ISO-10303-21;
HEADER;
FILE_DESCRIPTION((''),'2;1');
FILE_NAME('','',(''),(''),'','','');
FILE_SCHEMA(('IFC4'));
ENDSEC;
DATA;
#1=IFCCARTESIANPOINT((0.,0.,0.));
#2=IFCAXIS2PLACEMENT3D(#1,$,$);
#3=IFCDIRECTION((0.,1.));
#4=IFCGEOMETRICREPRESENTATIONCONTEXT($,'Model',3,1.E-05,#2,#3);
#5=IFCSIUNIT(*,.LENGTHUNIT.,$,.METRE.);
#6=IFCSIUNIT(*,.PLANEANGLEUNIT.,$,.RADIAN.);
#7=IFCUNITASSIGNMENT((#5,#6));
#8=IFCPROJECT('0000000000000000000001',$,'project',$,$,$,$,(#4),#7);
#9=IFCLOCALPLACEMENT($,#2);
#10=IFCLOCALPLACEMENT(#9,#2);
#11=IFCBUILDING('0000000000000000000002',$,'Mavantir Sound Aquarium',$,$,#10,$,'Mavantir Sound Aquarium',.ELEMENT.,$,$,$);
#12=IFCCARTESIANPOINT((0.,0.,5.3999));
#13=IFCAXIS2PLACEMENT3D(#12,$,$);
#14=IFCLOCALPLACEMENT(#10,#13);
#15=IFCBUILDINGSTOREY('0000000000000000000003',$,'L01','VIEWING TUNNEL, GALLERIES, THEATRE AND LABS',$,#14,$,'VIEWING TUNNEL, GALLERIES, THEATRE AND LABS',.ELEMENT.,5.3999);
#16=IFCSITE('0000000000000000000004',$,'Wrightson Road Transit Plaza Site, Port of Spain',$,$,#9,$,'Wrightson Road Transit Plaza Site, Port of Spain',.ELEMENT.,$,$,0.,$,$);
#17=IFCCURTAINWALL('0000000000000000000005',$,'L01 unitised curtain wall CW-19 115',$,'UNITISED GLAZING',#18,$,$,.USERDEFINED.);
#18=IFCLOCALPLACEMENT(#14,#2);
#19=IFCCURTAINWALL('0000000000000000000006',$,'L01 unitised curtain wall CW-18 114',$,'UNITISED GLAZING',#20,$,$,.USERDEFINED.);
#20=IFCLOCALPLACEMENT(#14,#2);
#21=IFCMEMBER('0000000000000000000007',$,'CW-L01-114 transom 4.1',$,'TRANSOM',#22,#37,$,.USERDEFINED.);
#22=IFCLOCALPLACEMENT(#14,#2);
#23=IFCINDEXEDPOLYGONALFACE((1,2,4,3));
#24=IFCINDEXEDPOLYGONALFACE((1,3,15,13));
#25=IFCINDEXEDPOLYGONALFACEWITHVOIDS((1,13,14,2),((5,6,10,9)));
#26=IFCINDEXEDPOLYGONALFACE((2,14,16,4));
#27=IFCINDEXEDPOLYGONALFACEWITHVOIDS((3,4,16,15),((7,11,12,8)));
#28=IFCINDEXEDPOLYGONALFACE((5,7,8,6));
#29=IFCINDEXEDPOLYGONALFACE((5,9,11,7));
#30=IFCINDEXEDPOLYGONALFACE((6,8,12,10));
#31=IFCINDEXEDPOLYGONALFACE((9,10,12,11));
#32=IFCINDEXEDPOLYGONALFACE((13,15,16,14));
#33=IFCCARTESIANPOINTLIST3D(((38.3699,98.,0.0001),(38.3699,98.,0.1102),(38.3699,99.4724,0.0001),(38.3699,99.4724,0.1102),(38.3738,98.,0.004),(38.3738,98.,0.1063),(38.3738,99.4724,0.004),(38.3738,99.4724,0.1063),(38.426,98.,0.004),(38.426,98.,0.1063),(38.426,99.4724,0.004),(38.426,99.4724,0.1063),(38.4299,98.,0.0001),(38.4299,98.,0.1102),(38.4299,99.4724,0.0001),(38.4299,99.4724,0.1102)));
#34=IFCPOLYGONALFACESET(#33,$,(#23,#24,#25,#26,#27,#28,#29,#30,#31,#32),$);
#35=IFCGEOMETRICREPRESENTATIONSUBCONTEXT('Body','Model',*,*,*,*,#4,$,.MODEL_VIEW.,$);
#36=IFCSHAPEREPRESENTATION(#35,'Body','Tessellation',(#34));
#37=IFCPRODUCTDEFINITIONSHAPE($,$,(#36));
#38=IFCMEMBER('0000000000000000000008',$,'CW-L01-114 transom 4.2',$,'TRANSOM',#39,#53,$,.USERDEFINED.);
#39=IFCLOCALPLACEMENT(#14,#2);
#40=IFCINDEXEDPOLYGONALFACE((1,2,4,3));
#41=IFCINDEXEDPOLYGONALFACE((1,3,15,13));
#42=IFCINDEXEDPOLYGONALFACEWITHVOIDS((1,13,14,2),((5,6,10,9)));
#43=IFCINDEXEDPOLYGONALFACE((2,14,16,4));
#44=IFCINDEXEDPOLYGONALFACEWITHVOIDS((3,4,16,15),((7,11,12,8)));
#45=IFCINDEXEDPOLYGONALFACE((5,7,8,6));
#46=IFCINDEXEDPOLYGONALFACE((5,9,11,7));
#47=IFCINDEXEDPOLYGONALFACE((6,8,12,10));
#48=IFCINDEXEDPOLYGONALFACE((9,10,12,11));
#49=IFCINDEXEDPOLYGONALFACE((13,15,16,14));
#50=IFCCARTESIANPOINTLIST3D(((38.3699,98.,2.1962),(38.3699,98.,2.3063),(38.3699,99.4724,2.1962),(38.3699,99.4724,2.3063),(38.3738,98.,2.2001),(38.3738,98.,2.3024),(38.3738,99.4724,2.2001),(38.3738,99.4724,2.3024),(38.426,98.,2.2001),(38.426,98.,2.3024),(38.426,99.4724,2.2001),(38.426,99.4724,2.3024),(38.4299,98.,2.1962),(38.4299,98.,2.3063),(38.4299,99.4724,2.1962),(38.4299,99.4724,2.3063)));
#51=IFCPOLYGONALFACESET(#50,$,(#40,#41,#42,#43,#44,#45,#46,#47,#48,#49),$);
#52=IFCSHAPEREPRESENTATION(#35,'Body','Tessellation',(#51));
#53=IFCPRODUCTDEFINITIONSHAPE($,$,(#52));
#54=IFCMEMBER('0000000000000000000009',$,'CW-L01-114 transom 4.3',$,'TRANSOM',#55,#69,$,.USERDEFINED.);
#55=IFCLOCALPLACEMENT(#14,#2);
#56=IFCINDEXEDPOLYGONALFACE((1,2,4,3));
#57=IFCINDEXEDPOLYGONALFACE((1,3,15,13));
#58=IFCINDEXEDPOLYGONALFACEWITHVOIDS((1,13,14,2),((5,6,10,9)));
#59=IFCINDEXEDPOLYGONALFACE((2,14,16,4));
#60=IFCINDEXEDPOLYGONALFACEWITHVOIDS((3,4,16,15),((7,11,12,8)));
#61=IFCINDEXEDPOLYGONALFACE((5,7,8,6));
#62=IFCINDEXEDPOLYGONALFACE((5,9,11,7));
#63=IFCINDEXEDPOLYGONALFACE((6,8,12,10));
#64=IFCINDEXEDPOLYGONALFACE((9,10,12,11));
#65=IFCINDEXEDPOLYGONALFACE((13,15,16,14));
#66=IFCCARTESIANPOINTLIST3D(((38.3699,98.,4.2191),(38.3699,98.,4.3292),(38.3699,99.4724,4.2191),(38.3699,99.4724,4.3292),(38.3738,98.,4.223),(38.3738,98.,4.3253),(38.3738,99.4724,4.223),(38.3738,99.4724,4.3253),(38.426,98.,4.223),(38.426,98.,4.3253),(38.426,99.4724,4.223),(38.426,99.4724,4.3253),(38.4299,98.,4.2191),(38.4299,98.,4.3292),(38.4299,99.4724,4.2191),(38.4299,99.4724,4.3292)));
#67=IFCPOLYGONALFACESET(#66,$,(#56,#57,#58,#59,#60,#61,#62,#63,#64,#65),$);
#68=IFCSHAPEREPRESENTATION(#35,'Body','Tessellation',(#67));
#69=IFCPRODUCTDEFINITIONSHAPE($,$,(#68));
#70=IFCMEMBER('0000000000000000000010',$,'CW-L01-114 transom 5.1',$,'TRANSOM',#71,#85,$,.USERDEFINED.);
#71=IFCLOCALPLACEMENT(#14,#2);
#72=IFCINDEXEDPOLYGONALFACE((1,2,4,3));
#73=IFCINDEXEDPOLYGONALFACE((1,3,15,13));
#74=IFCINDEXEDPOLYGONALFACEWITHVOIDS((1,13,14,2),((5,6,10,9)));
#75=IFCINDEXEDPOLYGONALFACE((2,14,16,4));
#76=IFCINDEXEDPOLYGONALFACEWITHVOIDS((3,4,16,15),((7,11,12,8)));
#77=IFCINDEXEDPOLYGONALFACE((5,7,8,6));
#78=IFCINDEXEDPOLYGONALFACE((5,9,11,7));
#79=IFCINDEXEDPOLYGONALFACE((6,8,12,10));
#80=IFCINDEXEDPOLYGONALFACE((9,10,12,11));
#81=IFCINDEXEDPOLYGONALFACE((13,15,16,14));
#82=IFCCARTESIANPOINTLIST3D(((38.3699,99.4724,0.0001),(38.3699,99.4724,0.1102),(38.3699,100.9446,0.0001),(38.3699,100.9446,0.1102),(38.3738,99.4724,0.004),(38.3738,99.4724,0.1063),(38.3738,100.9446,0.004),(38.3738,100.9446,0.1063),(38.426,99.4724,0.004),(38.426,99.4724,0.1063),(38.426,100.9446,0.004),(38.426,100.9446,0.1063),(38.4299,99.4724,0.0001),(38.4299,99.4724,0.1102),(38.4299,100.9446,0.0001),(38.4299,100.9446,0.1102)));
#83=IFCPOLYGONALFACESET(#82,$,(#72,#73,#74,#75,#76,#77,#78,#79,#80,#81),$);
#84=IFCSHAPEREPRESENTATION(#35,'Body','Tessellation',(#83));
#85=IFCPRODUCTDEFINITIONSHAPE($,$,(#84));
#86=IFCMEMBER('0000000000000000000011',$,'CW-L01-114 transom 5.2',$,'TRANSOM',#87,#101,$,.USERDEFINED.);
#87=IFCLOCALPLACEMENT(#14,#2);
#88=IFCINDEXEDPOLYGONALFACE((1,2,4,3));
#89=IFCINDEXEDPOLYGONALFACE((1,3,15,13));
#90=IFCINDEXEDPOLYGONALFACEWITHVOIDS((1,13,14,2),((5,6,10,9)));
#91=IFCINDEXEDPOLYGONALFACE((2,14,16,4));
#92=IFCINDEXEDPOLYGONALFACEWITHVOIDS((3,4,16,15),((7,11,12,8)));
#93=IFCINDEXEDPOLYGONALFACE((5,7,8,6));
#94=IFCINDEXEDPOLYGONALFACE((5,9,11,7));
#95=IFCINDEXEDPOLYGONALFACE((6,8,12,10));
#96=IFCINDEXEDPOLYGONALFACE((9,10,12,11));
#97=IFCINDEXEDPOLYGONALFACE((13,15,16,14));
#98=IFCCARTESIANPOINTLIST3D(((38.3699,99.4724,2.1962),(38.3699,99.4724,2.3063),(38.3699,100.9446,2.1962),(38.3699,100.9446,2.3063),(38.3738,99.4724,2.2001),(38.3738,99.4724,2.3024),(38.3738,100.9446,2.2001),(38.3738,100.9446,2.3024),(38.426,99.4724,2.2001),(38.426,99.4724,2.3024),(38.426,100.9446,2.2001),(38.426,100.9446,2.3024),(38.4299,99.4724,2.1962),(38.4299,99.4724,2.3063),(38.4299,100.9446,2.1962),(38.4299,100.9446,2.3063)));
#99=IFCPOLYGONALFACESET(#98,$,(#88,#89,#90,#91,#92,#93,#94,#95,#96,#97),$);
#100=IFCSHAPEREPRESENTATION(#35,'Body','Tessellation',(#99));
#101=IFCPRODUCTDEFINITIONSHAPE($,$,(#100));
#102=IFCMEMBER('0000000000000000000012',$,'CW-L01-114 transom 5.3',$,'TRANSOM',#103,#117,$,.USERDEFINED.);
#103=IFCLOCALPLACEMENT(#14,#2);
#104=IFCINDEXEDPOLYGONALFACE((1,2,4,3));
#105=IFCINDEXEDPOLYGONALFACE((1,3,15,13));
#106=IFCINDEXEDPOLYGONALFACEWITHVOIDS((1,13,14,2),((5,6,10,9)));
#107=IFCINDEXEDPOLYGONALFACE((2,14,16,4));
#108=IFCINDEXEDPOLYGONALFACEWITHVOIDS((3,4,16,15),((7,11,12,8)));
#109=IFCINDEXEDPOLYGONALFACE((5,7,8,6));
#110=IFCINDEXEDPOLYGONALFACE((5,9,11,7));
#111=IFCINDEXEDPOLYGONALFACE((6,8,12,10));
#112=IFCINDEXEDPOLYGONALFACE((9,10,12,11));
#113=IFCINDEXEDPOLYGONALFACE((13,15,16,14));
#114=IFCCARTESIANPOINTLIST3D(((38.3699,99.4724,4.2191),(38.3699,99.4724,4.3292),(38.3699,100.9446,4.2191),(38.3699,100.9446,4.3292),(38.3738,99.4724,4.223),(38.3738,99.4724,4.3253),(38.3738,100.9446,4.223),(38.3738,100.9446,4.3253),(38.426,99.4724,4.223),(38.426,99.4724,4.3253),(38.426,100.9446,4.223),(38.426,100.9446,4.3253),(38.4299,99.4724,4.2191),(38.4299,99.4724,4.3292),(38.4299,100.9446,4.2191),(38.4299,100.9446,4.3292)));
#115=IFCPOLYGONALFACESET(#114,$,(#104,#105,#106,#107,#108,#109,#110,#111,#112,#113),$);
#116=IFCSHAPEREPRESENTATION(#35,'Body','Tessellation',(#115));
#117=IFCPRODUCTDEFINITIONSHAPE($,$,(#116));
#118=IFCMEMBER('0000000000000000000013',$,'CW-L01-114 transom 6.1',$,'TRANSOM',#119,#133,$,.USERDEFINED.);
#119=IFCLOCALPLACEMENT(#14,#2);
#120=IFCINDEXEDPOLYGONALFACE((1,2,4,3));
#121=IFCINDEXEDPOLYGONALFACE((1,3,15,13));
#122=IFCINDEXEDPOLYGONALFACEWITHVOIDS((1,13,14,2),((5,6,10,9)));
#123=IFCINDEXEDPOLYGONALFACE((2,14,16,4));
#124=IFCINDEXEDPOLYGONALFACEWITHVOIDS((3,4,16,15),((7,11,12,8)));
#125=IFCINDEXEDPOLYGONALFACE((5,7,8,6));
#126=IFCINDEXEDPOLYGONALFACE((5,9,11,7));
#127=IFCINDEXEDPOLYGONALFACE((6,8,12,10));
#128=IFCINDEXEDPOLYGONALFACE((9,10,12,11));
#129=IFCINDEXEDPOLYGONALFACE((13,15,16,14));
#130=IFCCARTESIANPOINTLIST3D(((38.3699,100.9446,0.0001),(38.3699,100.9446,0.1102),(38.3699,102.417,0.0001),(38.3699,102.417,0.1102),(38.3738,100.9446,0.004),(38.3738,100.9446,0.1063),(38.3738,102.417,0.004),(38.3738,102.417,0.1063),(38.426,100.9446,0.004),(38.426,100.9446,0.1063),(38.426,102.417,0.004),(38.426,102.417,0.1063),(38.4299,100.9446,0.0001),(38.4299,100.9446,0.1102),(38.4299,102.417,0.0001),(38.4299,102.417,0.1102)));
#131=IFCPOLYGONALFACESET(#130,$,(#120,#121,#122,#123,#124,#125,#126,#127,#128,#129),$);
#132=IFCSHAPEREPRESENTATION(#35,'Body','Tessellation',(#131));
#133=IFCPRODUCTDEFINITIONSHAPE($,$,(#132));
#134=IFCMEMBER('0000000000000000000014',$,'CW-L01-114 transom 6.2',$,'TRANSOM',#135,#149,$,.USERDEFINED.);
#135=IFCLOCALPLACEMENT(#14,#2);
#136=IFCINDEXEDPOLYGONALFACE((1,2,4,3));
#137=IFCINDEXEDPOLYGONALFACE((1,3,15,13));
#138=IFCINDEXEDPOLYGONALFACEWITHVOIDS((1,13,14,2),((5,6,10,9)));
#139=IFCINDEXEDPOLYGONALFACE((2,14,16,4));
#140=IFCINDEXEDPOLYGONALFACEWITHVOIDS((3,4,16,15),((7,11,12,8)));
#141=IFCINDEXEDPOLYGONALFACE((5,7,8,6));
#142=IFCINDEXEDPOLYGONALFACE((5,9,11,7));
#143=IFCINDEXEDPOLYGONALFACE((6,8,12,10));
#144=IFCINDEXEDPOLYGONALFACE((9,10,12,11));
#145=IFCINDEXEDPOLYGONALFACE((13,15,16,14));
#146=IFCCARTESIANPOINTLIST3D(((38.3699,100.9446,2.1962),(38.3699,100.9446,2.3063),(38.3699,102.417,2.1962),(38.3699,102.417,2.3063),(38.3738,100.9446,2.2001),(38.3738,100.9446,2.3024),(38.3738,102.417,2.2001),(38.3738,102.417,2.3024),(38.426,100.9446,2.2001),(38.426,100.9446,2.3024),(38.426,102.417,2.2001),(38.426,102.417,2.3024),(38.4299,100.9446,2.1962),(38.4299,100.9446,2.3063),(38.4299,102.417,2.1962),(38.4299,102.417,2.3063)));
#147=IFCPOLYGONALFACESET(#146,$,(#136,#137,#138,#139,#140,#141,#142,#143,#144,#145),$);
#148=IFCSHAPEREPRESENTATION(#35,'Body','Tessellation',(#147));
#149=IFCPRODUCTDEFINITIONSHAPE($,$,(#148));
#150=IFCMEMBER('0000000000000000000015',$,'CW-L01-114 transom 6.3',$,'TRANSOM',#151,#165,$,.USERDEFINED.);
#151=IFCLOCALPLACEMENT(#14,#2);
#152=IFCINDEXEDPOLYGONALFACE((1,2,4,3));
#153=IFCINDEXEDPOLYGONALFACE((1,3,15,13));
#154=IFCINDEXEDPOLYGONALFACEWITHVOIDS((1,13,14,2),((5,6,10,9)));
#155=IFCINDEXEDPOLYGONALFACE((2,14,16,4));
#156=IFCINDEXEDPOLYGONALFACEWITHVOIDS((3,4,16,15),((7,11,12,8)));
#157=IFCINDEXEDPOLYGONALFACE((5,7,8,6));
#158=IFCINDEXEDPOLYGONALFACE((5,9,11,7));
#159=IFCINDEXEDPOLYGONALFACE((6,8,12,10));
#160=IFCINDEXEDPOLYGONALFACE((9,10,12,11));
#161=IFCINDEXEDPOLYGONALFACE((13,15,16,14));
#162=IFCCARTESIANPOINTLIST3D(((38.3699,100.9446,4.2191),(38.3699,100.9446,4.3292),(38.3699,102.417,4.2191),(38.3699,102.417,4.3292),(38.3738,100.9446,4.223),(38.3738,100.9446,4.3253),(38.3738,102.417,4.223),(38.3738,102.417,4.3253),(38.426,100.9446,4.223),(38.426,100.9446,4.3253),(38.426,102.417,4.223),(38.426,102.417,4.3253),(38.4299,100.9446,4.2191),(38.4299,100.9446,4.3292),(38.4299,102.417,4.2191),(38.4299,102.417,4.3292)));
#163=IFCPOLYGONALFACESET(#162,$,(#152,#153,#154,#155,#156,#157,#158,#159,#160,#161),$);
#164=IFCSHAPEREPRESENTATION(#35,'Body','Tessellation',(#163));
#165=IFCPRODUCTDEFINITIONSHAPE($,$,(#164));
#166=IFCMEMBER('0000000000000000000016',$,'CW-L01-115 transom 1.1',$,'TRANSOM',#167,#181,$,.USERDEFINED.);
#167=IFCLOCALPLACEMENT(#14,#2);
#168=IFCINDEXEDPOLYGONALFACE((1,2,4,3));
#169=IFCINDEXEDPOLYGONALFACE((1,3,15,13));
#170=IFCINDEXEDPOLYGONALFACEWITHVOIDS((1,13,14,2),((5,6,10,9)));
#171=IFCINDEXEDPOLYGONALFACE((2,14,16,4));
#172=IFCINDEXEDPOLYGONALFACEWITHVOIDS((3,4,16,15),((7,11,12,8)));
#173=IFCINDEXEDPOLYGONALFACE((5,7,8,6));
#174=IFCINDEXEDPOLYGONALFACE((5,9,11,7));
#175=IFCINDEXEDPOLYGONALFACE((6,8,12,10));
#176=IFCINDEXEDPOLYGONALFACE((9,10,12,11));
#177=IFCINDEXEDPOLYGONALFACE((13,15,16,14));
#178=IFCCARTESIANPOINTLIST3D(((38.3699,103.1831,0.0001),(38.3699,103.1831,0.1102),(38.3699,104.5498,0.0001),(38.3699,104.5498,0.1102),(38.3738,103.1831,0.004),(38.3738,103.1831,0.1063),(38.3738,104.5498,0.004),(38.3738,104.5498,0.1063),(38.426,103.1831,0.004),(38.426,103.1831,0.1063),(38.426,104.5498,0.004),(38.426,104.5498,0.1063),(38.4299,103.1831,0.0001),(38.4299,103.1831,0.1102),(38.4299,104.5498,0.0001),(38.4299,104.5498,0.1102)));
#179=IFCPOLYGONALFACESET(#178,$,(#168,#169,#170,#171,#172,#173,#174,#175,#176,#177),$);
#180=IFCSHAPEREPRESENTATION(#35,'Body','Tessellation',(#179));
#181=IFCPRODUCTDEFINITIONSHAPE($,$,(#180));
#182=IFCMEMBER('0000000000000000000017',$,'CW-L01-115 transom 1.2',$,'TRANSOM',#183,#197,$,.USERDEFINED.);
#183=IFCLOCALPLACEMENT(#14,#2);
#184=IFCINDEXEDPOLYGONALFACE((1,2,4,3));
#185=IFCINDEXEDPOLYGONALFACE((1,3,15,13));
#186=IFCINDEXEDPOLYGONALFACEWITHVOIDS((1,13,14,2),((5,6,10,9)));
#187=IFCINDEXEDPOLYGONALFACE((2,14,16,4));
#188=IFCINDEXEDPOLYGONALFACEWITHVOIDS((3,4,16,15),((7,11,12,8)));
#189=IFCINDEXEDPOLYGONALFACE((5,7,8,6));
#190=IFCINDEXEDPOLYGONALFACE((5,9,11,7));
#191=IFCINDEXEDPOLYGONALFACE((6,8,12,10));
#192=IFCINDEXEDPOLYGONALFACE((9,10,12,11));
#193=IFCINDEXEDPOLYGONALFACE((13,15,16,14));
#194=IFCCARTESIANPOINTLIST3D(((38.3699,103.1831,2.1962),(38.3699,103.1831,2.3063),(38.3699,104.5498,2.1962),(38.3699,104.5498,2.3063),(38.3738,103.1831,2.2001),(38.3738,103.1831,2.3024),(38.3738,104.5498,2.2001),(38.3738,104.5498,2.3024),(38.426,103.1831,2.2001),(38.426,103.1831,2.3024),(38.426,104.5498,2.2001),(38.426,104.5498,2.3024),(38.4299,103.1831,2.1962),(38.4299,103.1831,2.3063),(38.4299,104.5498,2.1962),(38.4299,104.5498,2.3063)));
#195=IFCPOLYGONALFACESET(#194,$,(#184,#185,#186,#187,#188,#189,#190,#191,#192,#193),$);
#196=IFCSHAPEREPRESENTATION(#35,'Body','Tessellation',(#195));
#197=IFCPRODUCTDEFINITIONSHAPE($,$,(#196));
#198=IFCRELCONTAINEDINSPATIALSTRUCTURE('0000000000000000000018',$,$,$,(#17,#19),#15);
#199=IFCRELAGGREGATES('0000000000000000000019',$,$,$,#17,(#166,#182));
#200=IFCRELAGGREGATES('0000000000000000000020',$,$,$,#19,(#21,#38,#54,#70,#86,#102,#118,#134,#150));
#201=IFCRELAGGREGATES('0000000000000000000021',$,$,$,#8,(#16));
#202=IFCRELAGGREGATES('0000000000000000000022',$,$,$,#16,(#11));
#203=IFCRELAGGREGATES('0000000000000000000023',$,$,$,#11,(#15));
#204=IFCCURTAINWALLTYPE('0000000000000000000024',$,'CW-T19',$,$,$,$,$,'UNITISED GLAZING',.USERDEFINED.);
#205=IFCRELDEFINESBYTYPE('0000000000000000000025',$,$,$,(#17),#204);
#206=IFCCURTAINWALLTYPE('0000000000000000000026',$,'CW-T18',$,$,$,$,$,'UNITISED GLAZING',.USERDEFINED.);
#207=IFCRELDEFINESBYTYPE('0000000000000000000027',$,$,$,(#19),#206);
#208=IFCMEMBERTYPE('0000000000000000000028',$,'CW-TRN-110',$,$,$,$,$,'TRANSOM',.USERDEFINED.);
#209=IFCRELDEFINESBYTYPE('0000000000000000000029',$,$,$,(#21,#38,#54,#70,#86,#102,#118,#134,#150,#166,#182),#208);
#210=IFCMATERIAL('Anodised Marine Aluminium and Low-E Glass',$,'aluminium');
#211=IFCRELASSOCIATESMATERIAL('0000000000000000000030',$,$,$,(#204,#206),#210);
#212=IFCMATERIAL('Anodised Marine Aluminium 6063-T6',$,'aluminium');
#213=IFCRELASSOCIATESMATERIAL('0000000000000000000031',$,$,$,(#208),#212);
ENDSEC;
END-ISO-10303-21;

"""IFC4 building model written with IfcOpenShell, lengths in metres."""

from ifc_helpers import new_model, si_unit, direction, frame, origin, origin_2d, place, context, subcontext, project, spatial, hollow_rectangle, extrude, material, material_profile, profile_set, type_object, element, aggregate, save


model = new_model("IFC4")

# Units and contexts
model_context = context("Model", 3, precision=1e-05, world=origin(), true_north=direction((0.0, 1.0)))
body_context = subcontext(model_context, "Body", "Model", "MODEL_VIEW")
ifc_project = project(units=[si_unit("LENGTHUNIT", "METRE"), si_unit("PLANEANGLEUNIT", "RADIAN")], contexts=[model_context])

# Site, building, storey
site_placement = place(None, origin())
site = spatial("IfcSite", under=ifc_project, at=site_placement, Name="Wrightson Road Transit Plaza Site, Port of Spain", LongName="Wrightson Road Transit Plaza Site, Port of Spain", CompositionType="ELEMENT", RefElevation=0.0)
building_placement = place(site_placement, origin())
building = spatial("IfcBuilding", under=site, at=building_placement, Name="Mavantir Sound Aquarium", LongName="Mavantir Sound Aquarium", CompositionType="ELEMENT")
storey_placement = place(building_placement, frame((0.0, 0.0, 5.3999)))
storey = spatial("IfcBuildingStorey", under=building, at=storey_placement, Name="L01", Description="VIEWING TUNNEL, GALLERIES, THEATRE AND LABS", LongName="VIEWING TUNNEL, GALLERIES, THEATRE AND LABS", CompositionType="ELEMENT", Elevation=5.3999)

# Curtain wall
ifc_material_1 = material(Name="Anodised Marine Aluminium and Low-E Glass", Category="aluminium")
curtain_wall_type_1 = type_object("IfcCurtainWallType", Name="CW-T19", ElementType="UNITISED GLAZING", PredefinedType="USERDEFINED", material=ifc_material_1)
curtain_wall_1_placement = place(storey_placement, origin())
curtain_wall_1 = element("IfcCurtainWall", 1, at=curtain_wall_1_placement, inside=storey, type_object=curtain_wall_type_1, Name="L01 unitised curtain wall CW-19 115", ObjectType="UNITISED GLAZING", PredefinedType="USERDEFINED")
ifc_material_2 = material(Name="Anodised Marine Aluminium 6063-T6", Category="aluminium")

# Curtain wall, members
curtain_wall_type_2 = type_object("IfcCurtainWallType", Name="CW-T18", ElementType="UNITISED GLAZING", PredefinedType="USERDEFINED", material=ifc_material_1)
curtain_wall_2_placement = place(storey_placement, origin())
curtain_wall_2 = element("IfcCurtainWall", 2, at=curtain_wall_2_placement, inside=storey, type_object=curtain_wall_type_2, Name="L01 unitised curtain wall CW-18 114", ObjectType="UNITISED GLAZING", PredefinedType="USERDEFINED")
ifc_material_profile_1 = material_profile(ifc_material_2, hollow_rectangle(XDim=0.0601, YDim=0.1101, WallThickness=0.0039, at=origin_2d()), Name="ALU-TRANSOM-110X60")
ifc_profile_set_1 = profile_set([ifc_material_profile_1], Name="Anodised Marine Aluminium 6063-T6")
member_type_1 = type_object("IfcMemberType", Name="CW-TRN-110", ElementType="TRANSOM", PredefinedType="USERDEFINED", material=ifc_profile_set_1)
member_1_placement = place(storey_placement, frame((38.3999, 98.0, 0.0552), z_axis=(0.0, 1.0, 0.0), x_axis=(-1.0, 0.0, 0.0)))
member_1 = element("IfcMember", 3, at=member_1_placement, type_object=member_type_1, Name="CW-L01-114 transom 4.1", ObjectType="TRANSOM", PredefinedType="USERDEFINED", context=body_context, shape_type="SweptSolid", body=[
    extrude(hollow_rectangle(XDim=0.0601, YDim=0.1101, WallThickness=0.0039, at=origin_2d()), origin(), (0.0, 0.0, 1.0), 1.4724),
])
member_2_placement = place(storey_placement, frame((38.3999, 98.0, 2.2512), z_axis=(0.0, 1.0, 0.0), x_axis=(-1.0, 0.0, 0.0)))
member_2 = element("IfcMember", 4, at=member_2_placement, type_object=member_type_1, Name="CW-L01-114 transom 4.2", ObjectType="TRANSOM", PredefinedType="USERDEFINED", context=body_context, shape_type="SweptSolid", body=[
    extrude(hollow_rectangle(XDim=0.0601, YDim=0.1101, WallThickness=0.0039, at=origin_2d()), origin(), (0.0, 0.0, 1.0), 1.4724),
])
member_3_placement = place(storey_placement, frame((38.3999, 98.0, 4.2742), z_axis=(0.0, 1.0, 0.0), x_axis=(-1.0, 0.0, 0.0)))
member_3 = element("IfcMember", 5, at=member_3_placement, type_object=member_type_1, Name="CW-L01-114 transom 4.3", ObjectType="TRANSOM", PredefinedType="USERDEFINED", context=body_context, shape_type="SweptSolid", body=[
    extrude(hollow_rectangle(XDim=0.0601, YDim=0.1101, WallThickness=0.0039, at=origin_2d()), origin(), (0.0, 0.0, 1.0), 1.4724),
])
member_4_placement = place(storey_placement, frame((38.3999, 99.4724, 0.0552), z_axis=(0.0, 1.0, 0.0), x_axis=(-1.0, 0.0, 0.0)))
member_4 = element("IfcMember", 6, at=member_4_placement, type_object=member_type_1, Name="CW-L01-114 transom 5.1", ObjectType="TRANSOM", PredefinedType="USERDEFINED", context=body_context, shape_type="SweptSolid", body=[
    extrude(hollow_rectangle(XDim=0.0601, YDim=0.1101, WallThickness=0.0039, at=origin_2d()), origin(), (0.0, 0.0, 1.0), 1.4722),
])
member_5_placement = place(storey_placement, frame((38.3999, 99.4724, 2.2512), z_axis=(0.0, 1.0, 0.0), x_axis=(-1.0, 0.0, 0.0)))
member_5 = element("IfcMember", 7, at=member_5_placement, type_object=member_type_1, Name="CW-L01-114 transom 5.2", ObjectType="TRANSOM", PredefinedType="USERDEFINED", context=body_context, shape_type="SweptSolid", body=[
    extrude(hollow_rectangle(XDim=0.0601, YDim=0.1101, WallThickness=0.0039, at=origin_2d()), origin(), (0.0, 0.0, 1.0), 1.4722),
])
member_6_placement = place(storey_placement, frame((38.3999, 99.4724, 4.2742), z_axis=(0.0, 1.0, 0.0), x_axis=(-1.0, 0.0, 0.0)))
member_6 = element("IfcMember", 8, at=member_6_placement, type_object=member_type_1, Name="CW-L01-114 transom 5.3", ObjectType="TRANSOM", PredefinedType="USERDEFINED", context=body_context, shape_type="SweptSolid", body=[
    extrude(hollow_rectangle(XDim=0.0601, YDim=0.1101, WallThickness=0.0039, at=origin_2d()), origin(), (0.0, 0.0, 1.0), 1.4722),
])
member_7_placement = place(storey_placement, frame((38.3999, 100.9446, 0.0552), z_axis=(0.0, 1.0, 0.0), x_axis=(-1.0, 0.0, 0.0)))
member_7 = element("IfcMember", 9, at=member_7_placement, type_object=member_type_1, Name="CW-L01-114 transom 6.1", ObjectType="TRANSOM", PredefinedType="USERDEFINED", context=body_context, shape_type="SweptSolid", body=[
    extrude(hollow_rectangle(XDim=0.0601, YDim=0.1101, WallThickness=0.0039, at=origin_2d()), origin(), (0.0, 0.0, 1.0), 1.4724),
])
member_8_placement = place(storey_placement, frame((38.3999, 100.9446, 2.2512), z_axis=(0.0, 1.0, 0.0), x_axis=(-1.0, 0.0, 0.0)))
member_8 = element("IfcMember", 10, at=member_8_placement, type_object=member_type_1, Name="CW-L01-114 transom 6.2", ObjectType="TRANSOM", PredefinedType="USERDEFINED", context=body_context, shape_type="SweptSolid", body=[
    extrude(hollow_rectangle(XDim=0.0601, YDim=0.1101, WallThickness=0.0039, at=origin_2d()), origin(), (0.0, 0.0, 1.0), 1.4724),
])
member_9_placement = place(storey_placement, frame((38.3999, 100.9446, 4.2742), z_axis=(0.0, 1.0, 0.0), x_axis=(-1.0, 0.0, 0.0)))
member_9 = element("IfcMember", 11, at=member_9_placement, type_object=member_type_1, Name="CW-L01-114 transom 6.3", ObjectType="TRANSOM", PredefinedType="USERDEFINED", context=body_context, shape_type="SweptSolid", body=[
    extrude(hollow_rectangle(XDim=0.0601, YDim=0.1101, WallThickness=0.0039, at=origin_2d()), origin(), (0.0, 0.0, 1.0), 1.4724),
])

# Members
member_10_placement = place(storey_placement, frame((38.3999, 103.1831, 0.0552), z_axis=(0.0, 1.0, 0.0), x_axis=(-1.0, 0.0, 0.0)))
member_10 = element("IfcMember", 12, at=member_10_placement, type_object=member_type_1, Name="CW-L01-115 transom 1.1", ObjectType="TRANSOM", PredefinedType="USERDEFINED", context=body_context, shape_type="SweptSolid", body=[
    extrude(hollow_rectangle(XDim=0.0601, YDim=0.1101, WallThickness=0.0039, at=origin_2d()), origin(), (0.0, 0.0, 1.0), 1.3667),
])
member_11_placement = place(storey_placement, frame((38.3999, 103.1831, 2.2512), z_axis=(0.0, 1.0, 0.0), x_axis=(-1.0, 0.0, 0.0)))
member_11 = element("IfcMember", 13, at=member_11_placement, type_object=member_type_1, Name="CW-L01-115 transom 1.2", ObjectType="TRANSOM", PredefinedType="USERDEFINED", context=body_context, shape_type="SweptSolid", body=[
    extrude(hollow_rectangle(XDim=0.0601, YDim=0.1101, WallThickness=0.0039, at=origin_2d()), origin(), (0.0, 0.0, 1.0), 1.3667),
])
aggregate(curtain_wall_1, [member_10, member_11])

aggregate(curtain_wall_2, [member_1, member_2, member_3, member_4, member_5, member_6, member_7, member_8, member_9])

save(model, "model.ifc")
